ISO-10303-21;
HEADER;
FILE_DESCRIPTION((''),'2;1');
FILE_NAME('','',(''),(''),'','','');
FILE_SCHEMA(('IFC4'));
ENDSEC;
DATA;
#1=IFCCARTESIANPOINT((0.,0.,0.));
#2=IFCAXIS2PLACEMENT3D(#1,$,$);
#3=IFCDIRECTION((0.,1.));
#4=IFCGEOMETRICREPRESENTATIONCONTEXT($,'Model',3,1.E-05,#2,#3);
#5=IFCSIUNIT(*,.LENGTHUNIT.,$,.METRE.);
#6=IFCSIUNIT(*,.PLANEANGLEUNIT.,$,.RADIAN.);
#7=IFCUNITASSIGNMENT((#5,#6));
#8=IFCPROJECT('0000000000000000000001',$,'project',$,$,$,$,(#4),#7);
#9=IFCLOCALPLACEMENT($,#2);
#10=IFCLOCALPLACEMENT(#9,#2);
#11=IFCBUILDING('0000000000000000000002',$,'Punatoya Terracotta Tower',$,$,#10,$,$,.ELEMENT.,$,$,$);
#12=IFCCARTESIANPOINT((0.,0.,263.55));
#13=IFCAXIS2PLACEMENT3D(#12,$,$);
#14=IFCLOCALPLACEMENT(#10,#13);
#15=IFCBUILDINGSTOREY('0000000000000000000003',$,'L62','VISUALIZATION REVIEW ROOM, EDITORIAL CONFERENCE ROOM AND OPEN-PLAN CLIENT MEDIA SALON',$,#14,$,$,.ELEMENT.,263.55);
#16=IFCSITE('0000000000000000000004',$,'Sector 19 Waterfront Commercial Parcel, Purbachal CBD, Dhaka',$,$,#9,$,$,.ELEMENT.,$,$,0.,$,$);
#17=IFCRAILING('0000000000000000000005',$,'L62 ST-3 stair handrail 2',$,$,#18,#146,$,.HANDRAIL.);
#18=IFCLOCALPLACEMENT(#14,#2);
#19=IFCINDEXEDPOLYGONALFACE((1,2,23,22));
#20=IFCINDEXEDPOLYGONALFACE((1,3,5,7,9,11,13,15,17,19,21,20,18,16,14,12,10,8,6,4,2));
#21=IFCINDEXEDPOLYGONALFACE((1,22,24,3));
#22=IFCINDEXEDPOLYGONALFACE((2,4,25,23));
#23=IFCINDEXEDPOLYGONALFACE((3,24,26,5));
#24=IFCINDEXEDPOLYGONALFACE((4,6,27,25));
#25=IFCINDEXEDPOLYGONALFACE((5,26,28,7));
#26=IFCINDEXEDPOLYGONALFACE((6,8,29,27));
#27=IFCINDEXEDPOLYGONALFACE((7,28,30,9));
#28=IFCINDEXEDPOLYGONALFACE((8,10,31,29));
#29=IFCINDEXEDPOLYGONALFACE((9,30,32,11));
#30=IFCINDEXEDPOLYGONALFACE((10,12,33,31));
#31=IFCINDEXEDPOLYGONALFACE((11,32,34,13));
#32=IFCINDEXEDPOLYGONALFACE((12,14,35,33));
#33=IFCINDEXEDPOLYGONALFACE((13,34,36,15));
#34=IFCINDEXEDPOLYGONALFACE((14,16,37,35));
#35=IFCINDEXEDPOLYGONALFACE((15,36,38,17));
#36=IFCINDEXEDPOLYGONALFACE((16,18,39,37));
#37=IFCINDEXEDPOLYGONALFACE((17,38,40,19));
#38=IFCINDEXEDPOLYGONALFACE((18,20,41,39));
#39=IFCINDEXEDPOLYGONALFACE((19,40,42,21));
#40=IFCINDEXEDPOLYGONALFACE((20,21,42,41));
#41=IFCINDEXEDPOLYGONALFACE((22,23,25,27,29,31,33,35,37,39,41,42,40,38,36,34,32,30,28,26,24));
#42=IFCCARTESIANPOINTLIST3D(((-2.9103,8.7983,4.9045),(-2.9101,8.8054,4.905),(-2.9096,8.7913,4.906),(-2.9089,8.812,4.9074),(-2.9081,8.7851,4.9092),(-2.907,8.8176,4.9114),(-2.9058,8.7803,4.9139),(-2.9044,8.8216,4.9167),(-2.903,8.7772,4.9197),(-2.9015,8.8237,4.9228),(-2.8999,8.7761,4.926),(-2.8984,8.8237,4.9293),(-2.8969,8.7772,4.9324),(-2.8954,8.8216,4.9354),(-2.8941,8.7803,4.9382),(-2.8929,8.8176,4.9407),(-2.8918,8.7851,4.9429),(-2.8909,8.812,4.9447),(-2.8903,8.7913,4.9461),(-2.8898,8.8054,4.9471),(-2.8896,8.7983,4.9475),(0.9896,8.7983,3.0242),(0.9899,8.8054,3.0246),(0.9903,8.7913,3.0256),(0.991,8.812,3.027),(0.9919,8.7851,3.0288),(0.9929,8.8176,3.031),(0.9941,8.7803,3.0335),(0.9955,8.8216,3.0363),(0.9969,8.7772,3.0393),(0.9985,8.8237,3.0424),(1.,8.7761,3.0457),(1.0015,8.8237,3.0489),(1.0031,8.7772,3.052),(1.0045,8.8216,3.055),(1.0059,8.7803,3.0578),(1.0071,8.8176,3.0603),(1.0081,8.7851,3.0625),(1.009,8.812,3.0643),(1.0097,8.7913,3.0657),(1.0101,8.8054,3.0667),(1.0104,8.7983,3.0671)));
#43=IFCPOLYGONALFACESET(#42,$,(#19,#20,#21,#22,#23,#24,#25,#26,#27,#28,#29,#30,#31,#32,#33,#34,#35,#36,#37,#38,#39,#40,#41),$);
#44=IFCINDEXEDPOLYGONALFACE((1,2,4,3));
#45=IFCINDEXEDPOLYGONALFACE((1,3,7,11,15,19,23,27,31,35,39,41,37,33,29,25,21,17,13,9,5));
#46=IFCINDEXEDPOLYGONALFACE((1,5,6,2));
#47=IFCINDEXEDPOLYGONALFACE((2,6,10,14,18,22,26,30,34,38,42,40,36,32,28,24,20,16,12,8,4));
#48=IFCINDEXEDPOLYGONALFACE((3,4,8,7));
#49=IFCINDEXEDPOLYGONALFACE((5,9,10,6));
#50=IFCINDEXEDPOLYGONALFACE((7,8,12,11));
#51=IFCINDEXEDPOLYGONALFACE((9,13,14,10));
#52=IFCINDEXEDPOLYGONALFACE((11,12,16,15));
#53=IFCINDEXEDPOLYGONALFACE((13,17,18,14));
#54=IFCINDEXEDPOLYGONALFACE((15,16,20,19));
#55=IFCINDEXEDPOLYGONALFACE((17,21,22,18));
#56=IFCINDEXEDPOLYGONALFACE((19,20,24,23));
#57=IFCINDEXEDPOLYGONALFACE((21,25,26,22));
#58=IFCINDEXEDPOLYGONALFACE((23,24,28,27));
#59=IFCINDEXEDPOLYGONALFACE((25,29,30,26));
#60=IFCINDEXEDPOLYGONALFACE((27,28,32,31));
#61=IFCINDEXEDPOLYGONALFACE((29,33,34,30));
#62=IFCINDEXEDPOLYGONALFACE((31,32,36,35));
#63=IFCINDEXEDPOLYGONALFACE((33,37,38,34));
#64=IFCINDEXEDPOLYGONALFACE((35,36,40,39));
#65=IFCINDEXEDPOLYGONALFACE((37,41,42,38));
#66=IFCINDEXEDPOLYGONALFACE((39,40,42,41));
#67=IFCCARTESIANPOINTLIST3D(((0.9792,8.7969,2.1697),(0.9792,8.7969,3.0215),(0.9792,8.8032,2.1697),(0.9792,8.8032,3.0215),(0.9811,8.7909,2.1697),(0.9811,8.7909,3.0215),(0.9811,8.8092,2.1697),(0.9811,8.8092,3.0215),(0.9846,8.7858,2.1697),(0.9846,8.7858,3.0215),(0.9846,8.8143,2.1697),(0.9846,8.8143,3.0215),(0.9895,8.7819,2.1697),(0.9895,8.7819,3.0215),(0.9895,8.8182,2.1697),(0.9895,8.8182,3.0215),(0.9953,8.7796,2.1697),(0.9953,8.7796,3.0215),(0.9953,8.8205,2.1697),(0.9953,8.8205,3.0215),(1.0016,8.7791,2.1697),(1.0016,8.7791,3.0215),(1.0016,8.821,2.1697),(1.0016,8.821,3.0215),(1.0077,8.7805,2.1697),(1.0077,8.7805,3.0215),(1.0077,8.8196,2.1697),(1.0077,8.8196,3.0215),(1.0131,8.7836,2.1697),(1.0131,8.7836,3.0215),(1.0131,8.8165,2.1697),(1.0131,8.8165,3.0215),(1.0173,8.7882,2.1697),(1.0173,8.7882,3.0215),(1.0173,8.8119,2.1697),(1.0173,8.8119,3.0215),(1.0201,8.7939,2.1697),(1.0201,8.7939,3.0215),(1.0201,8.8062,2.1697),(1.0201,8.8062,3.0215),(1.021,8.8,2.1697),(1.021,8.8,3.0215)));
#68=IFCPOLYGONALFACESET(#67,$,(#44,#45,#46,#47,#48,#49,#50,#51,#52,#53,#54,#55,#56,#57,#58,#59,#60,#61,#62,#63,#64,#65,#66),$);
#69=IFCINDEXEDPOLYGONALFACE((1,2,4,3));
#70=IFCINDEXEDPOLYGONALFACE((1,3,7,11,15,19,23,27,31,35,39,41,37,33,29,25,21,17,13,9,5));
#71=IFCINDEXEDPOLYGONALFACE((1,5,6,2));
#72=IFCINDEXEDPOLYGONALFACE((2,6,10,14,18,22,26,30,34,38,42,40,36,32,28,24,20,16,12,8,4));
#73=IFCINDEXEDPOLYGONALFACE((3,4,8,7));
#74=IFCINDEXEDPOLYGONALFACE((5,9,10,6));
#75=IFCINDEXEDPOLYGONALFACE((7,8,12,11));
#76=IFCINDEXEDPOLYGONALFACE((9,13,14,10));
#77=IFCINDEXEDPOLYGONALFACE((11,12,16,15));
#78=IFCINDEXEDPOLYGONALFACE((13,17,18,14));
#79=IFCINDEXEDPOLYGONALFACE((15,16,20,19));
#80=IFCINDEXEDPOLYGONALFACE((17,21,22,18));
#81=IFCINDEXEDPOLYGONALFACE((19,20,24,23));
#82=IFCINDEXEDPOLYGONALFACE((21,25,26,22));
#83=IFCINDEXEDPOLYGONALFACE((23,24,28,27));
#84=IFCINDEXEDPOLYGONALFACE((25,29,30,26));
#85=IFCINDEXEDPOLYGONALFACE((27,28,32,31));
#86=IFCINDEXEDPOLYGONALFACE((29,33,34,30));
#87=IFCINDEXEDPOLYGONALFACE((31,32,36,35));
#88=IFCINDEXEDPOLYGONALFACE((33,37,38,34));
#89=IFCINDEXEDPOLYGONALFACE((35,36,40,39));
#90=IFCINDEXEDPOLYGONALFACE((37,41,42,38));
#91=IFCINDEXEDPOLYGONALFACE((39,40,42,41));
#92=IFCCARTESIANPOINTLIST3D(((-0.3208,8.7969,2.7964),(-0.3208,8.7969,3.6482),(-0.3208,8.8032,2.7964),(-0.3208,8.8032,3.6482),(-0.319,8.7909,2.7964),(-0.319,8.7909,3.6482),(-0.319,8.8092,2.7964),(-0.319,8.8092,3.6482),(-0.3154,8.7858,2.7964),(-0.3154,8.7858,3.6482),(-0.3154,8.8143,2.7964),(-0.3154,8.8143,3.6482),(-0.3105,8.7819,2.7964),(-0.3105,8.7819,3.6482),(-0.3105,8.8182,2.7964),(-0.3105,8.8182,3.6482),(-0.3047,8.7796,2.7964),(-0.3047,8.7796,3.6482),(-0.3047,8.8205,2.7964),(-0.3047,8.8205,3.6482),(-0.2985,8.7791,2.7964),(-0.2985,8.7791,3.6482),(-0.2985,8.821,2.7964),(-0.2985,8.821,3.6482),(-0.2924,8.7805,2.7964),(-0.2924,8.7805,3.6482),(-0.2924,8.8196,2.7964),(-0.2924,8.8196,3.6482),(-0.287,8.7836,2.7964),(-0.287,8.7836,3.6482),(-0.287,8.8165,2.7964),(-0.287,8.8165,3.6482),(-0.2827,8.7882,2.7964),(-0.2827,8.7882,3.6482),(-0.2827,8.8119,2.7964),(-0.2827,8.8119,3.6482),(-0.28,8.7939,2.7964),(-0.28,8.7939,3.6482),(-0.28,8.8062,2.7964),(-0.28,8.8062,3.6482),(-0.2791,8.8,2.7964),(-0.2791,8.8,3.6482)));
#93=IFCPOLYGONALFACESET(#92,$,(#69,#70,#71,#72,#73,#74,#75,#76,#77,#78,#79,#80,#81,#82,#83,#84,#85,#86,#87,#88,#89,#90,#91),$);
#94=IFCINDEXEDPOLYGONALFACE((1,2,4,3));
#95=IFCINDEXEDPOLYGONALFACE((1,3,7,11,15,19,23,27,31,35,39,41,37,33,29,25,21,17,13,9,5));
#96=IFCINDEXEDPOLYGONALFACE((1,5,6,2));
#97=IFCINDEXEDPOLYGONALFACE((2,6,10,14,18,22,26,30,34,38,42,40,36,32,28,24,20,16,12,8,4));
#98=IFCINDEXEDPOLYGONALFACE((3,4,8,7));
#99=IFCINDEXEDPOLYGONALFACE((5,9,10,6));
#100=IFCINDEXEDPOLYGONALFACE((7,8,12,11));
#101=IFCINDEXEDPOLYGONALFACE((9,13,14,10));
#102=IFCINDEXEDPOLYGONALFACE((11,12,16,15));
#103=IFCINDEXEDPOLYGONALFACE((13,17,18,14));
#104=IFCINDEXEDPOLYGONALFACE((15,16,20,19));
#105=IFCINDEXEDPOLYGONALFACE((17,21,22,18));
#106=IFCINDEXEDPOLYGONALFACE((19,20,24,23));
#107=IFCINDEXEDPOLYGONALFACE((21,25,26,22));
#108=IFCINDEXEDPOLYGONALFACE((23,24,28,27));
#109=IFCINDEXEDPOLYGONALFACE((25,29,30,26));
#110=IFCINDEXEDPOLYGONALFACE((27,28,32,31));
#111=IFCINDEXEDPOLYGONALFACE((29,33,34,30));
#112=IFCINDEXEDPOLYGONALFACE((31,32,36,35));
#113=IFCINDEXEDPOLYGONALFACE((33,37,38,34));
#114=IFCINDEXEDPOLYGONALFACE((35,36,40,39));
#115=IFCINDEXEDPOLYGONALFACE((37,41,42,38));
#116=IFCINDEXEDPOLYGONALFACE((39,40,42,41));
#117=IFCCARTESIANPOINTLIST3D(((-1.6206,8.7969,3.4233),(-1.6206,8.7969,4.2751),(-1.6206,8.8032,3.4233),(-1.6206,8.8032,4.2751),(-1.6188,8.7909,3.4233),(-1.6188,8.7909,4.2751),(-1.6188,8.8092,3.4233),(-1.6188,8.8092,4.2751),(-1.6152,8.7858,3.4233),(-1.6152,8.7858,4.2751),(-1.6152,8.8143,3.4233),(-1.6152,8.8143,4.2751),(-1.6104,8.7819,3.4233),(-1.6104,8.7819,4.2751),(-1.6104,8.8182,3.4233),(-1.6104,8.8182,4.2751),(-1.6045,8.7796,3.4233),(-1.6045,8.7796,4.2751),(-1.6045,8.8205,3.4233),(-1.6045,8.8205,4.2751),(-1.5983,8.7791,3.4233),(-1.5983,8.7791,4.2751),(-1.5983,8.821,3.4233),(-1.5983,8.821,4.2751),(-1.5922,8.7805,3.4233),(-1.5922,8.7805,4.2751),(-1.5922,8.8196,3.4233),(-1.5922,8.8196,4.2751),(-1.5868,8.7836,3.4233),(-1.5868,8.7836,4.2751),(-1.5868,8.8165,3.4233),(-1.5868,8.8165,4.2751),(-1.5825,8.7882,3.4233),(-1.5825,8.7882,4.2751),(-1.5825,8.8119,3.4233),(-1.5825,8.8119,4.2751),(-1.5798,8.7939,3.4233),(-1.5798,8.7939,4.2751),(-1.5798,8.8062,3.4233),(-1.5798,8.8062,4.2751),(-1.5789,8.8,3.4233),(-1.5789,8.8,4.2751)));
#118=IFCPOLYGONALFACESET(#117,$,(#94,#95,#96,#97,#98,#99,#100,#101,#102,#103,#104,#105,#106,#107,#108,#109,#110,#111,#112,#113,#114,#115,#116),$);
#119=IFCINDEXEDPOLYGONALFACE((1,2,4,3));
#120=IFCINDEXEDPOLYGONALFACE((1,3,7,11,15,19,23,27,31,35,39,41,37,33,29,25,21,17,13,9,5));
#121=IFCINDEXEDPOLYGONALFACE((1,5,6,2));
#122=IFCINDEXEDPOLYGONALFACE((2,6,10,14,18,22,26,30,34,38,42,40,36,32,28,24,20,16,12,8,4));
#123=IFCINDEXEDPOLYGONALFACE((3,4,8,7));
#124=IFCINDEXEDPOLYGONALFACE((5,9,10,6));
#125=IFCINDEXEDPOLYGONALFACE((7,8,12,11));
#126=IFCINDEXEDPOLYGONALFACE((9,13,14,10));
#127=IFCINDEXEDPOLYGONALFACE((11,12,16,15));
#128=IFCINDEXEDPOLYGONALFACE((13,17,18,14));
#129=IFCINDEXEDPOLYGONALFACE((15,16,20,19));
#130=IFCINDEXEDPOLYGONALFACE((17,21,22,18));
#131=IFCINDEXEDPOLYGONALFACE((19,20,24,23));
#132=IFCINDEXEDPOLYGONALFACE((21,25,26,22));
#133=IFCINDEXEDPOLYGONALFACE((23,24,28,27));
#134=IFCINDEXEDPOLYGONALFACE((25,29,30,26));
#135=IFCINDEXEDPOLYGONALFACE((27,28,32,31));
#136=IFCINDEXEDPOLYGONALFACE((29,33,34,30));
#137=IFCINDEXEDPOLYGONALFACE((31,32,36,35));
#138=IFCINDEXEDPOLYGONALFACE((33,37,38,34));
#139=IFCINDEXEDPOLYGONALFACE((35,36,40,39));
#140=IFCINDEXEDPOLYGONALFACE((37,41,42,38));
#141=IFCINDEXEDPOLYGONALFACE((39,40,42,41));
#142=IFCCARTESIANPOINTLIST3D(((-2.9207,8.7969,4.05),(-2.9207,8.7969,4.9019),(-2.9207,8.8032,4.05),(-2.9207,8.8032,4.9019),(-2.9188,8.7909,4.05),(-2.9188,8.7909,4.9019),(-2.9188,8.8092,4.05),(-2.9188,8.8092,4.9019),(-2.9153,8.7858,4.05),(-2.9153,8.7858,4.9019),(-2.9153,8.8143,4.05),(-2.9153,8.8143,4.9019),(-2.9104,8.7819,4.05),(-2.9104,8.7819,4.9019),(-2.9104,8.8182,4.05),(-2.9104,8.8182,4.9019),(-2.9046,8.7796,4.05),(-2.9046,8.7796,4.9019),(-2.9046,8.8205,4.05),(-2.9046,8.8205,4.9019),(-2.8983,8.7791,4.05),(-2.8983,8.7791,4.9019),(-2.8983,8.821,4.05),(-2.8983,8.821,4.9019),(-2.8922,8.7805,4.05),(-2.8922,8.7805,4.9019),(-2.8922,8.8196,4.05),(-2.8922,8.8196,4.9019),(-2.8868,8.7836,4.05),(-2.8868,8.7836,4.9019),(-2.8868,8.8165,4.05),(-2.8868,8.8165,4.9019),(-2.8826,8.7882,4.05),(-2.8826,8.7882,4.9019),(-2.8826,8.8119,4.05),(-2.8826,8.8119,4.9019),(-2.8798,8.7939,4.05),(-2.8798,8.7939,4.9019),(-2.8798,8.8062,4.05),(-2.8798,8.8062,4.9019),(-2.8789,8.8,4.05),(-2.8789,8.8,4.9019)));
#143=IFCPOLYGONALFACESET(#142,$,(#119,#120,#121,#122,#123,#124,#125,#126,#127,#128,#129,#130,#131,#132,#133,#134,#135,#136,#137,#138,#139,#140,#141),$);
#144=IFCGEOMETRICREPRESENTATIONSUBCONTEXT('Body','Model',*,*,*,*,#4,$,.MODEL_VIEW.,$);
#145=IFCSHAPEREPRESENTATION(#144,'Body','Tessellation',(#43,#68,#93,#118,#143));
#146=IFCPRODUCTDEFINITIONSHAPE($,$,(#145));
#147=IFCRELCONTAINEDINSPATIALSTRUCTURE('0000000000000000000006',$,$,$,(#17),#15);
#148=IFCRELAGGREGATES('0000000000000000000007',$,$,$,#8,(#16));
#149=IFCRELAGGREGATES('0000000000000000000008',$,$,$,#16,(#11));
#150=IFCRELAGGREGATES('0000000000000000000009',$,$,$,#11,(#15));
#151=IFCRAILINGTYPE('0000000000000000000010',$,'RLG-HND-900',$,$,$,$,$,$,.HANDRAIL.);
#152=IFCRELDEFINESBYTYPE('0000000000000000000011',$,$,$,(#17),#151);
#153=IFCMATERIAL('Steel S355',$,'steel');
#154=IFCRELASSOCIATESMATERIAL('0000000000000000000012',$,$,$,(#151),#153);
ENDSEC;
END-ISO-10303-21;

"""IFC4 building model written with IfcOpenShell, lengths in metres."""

from ifc_helpers import new_model, si_unit, direction, frame, origin, origin_2d, place, context, subcontext, project, spatial, circle, extrude, material, type_object, element, save


model = new_model("IFC4")

# Units and contexts
model_context = context("Model", 3, precision=1e-05, world=origin(), true_north=direction((0.0, 1.0)))
body_context = subcontext(model_context, "Body", "Model", "MODEL_VIEW")
ifc_project = project(units=[si_unit("LENGTHUNIT", "METRE"), si_unit("PLANEANGLEUNIT", "RADIAN")], contexts=[model_context])

# Site, building, storey
site_placement = place(None, origin())
site = spatial("IfcSite", under=ifc_project, at=site_placement, Name="Sector 19 Waterfront Commercial Parcel, Purbachal CBD, Dhaka", CompositionType="ELEMENT", RefElevation=0.0)
building_placement = place(site_placement, origin())
building = spatial("IfcBuilding", under=site, at=building_placement, Name="Punatoya Terracotta Tower", CompositionType="ELEMENT")
storey_placement = place(building_placement, frame((0.0, 0.0, 263.55)))
storey = spatial("IfcBuildingStorey", under=building, at=storey_placement, Name="L62", Description="VISUALIZATION REVIEW ROOM, EDITORIAL CONFERENCE ROOM AND OPEN-PLAN CLIENT MEDIA SALON", CompositionType="ELEMENT", Elevation=263.55)

# Shared definitions
ifc_material_1 = material(Name="Steel S355", Category="steel")

# Railing
railing_type_1 = type_object("IfcRailingType", Name="RLG-HND-900", PredefinedType="HANDRAIL", material=ifc_material_1)
railing_1_placement = place(storey_placement, frame((1.0, 8.8, 2.1697)))
element("IfcRailing", 1, at=railing_1_placement, inside=storey, type_object=railing_type_1, Name="L62 ST-3 stair handrail 2", PredefinedType="HANDRAIL", context=body_context, shape_type="SweptSolid", body=[
    extrude(circle(Radius=0.0239, at=origin_2d()), frame((0.0, 0.0, 0.876), z_axis=(-0.900763, 0.0, 0.434311), x_axis=(0.0, -1.0, 0.0)), (0.0, 0.0, 1.0), 4.3296),
    extrude(circle(Radius=0.021, at=origin_2d()), origin(), (0.0, 0.0, 1.0), 0.8518),
    extrude(circle(Radius=0.021, at=origin_2d()), frame((-1.3, 0.0, 0.6267)), (0.0, 0.0, 1.0), 0.8518),
    extrude(circle(Radius=0.021, at=origin_2d()), frame((-2.5999, 0.0, 1.2537)), (0.0, 0.0, 1.0), 0.8518),
    extrude(circle(Radius=0.021, at=origin_2d()), frame((-3.8999, 0.0, 1.8804)), (0.0, 0.0, 1.0), 0.8518),
])

save(model, "model.ifc")
